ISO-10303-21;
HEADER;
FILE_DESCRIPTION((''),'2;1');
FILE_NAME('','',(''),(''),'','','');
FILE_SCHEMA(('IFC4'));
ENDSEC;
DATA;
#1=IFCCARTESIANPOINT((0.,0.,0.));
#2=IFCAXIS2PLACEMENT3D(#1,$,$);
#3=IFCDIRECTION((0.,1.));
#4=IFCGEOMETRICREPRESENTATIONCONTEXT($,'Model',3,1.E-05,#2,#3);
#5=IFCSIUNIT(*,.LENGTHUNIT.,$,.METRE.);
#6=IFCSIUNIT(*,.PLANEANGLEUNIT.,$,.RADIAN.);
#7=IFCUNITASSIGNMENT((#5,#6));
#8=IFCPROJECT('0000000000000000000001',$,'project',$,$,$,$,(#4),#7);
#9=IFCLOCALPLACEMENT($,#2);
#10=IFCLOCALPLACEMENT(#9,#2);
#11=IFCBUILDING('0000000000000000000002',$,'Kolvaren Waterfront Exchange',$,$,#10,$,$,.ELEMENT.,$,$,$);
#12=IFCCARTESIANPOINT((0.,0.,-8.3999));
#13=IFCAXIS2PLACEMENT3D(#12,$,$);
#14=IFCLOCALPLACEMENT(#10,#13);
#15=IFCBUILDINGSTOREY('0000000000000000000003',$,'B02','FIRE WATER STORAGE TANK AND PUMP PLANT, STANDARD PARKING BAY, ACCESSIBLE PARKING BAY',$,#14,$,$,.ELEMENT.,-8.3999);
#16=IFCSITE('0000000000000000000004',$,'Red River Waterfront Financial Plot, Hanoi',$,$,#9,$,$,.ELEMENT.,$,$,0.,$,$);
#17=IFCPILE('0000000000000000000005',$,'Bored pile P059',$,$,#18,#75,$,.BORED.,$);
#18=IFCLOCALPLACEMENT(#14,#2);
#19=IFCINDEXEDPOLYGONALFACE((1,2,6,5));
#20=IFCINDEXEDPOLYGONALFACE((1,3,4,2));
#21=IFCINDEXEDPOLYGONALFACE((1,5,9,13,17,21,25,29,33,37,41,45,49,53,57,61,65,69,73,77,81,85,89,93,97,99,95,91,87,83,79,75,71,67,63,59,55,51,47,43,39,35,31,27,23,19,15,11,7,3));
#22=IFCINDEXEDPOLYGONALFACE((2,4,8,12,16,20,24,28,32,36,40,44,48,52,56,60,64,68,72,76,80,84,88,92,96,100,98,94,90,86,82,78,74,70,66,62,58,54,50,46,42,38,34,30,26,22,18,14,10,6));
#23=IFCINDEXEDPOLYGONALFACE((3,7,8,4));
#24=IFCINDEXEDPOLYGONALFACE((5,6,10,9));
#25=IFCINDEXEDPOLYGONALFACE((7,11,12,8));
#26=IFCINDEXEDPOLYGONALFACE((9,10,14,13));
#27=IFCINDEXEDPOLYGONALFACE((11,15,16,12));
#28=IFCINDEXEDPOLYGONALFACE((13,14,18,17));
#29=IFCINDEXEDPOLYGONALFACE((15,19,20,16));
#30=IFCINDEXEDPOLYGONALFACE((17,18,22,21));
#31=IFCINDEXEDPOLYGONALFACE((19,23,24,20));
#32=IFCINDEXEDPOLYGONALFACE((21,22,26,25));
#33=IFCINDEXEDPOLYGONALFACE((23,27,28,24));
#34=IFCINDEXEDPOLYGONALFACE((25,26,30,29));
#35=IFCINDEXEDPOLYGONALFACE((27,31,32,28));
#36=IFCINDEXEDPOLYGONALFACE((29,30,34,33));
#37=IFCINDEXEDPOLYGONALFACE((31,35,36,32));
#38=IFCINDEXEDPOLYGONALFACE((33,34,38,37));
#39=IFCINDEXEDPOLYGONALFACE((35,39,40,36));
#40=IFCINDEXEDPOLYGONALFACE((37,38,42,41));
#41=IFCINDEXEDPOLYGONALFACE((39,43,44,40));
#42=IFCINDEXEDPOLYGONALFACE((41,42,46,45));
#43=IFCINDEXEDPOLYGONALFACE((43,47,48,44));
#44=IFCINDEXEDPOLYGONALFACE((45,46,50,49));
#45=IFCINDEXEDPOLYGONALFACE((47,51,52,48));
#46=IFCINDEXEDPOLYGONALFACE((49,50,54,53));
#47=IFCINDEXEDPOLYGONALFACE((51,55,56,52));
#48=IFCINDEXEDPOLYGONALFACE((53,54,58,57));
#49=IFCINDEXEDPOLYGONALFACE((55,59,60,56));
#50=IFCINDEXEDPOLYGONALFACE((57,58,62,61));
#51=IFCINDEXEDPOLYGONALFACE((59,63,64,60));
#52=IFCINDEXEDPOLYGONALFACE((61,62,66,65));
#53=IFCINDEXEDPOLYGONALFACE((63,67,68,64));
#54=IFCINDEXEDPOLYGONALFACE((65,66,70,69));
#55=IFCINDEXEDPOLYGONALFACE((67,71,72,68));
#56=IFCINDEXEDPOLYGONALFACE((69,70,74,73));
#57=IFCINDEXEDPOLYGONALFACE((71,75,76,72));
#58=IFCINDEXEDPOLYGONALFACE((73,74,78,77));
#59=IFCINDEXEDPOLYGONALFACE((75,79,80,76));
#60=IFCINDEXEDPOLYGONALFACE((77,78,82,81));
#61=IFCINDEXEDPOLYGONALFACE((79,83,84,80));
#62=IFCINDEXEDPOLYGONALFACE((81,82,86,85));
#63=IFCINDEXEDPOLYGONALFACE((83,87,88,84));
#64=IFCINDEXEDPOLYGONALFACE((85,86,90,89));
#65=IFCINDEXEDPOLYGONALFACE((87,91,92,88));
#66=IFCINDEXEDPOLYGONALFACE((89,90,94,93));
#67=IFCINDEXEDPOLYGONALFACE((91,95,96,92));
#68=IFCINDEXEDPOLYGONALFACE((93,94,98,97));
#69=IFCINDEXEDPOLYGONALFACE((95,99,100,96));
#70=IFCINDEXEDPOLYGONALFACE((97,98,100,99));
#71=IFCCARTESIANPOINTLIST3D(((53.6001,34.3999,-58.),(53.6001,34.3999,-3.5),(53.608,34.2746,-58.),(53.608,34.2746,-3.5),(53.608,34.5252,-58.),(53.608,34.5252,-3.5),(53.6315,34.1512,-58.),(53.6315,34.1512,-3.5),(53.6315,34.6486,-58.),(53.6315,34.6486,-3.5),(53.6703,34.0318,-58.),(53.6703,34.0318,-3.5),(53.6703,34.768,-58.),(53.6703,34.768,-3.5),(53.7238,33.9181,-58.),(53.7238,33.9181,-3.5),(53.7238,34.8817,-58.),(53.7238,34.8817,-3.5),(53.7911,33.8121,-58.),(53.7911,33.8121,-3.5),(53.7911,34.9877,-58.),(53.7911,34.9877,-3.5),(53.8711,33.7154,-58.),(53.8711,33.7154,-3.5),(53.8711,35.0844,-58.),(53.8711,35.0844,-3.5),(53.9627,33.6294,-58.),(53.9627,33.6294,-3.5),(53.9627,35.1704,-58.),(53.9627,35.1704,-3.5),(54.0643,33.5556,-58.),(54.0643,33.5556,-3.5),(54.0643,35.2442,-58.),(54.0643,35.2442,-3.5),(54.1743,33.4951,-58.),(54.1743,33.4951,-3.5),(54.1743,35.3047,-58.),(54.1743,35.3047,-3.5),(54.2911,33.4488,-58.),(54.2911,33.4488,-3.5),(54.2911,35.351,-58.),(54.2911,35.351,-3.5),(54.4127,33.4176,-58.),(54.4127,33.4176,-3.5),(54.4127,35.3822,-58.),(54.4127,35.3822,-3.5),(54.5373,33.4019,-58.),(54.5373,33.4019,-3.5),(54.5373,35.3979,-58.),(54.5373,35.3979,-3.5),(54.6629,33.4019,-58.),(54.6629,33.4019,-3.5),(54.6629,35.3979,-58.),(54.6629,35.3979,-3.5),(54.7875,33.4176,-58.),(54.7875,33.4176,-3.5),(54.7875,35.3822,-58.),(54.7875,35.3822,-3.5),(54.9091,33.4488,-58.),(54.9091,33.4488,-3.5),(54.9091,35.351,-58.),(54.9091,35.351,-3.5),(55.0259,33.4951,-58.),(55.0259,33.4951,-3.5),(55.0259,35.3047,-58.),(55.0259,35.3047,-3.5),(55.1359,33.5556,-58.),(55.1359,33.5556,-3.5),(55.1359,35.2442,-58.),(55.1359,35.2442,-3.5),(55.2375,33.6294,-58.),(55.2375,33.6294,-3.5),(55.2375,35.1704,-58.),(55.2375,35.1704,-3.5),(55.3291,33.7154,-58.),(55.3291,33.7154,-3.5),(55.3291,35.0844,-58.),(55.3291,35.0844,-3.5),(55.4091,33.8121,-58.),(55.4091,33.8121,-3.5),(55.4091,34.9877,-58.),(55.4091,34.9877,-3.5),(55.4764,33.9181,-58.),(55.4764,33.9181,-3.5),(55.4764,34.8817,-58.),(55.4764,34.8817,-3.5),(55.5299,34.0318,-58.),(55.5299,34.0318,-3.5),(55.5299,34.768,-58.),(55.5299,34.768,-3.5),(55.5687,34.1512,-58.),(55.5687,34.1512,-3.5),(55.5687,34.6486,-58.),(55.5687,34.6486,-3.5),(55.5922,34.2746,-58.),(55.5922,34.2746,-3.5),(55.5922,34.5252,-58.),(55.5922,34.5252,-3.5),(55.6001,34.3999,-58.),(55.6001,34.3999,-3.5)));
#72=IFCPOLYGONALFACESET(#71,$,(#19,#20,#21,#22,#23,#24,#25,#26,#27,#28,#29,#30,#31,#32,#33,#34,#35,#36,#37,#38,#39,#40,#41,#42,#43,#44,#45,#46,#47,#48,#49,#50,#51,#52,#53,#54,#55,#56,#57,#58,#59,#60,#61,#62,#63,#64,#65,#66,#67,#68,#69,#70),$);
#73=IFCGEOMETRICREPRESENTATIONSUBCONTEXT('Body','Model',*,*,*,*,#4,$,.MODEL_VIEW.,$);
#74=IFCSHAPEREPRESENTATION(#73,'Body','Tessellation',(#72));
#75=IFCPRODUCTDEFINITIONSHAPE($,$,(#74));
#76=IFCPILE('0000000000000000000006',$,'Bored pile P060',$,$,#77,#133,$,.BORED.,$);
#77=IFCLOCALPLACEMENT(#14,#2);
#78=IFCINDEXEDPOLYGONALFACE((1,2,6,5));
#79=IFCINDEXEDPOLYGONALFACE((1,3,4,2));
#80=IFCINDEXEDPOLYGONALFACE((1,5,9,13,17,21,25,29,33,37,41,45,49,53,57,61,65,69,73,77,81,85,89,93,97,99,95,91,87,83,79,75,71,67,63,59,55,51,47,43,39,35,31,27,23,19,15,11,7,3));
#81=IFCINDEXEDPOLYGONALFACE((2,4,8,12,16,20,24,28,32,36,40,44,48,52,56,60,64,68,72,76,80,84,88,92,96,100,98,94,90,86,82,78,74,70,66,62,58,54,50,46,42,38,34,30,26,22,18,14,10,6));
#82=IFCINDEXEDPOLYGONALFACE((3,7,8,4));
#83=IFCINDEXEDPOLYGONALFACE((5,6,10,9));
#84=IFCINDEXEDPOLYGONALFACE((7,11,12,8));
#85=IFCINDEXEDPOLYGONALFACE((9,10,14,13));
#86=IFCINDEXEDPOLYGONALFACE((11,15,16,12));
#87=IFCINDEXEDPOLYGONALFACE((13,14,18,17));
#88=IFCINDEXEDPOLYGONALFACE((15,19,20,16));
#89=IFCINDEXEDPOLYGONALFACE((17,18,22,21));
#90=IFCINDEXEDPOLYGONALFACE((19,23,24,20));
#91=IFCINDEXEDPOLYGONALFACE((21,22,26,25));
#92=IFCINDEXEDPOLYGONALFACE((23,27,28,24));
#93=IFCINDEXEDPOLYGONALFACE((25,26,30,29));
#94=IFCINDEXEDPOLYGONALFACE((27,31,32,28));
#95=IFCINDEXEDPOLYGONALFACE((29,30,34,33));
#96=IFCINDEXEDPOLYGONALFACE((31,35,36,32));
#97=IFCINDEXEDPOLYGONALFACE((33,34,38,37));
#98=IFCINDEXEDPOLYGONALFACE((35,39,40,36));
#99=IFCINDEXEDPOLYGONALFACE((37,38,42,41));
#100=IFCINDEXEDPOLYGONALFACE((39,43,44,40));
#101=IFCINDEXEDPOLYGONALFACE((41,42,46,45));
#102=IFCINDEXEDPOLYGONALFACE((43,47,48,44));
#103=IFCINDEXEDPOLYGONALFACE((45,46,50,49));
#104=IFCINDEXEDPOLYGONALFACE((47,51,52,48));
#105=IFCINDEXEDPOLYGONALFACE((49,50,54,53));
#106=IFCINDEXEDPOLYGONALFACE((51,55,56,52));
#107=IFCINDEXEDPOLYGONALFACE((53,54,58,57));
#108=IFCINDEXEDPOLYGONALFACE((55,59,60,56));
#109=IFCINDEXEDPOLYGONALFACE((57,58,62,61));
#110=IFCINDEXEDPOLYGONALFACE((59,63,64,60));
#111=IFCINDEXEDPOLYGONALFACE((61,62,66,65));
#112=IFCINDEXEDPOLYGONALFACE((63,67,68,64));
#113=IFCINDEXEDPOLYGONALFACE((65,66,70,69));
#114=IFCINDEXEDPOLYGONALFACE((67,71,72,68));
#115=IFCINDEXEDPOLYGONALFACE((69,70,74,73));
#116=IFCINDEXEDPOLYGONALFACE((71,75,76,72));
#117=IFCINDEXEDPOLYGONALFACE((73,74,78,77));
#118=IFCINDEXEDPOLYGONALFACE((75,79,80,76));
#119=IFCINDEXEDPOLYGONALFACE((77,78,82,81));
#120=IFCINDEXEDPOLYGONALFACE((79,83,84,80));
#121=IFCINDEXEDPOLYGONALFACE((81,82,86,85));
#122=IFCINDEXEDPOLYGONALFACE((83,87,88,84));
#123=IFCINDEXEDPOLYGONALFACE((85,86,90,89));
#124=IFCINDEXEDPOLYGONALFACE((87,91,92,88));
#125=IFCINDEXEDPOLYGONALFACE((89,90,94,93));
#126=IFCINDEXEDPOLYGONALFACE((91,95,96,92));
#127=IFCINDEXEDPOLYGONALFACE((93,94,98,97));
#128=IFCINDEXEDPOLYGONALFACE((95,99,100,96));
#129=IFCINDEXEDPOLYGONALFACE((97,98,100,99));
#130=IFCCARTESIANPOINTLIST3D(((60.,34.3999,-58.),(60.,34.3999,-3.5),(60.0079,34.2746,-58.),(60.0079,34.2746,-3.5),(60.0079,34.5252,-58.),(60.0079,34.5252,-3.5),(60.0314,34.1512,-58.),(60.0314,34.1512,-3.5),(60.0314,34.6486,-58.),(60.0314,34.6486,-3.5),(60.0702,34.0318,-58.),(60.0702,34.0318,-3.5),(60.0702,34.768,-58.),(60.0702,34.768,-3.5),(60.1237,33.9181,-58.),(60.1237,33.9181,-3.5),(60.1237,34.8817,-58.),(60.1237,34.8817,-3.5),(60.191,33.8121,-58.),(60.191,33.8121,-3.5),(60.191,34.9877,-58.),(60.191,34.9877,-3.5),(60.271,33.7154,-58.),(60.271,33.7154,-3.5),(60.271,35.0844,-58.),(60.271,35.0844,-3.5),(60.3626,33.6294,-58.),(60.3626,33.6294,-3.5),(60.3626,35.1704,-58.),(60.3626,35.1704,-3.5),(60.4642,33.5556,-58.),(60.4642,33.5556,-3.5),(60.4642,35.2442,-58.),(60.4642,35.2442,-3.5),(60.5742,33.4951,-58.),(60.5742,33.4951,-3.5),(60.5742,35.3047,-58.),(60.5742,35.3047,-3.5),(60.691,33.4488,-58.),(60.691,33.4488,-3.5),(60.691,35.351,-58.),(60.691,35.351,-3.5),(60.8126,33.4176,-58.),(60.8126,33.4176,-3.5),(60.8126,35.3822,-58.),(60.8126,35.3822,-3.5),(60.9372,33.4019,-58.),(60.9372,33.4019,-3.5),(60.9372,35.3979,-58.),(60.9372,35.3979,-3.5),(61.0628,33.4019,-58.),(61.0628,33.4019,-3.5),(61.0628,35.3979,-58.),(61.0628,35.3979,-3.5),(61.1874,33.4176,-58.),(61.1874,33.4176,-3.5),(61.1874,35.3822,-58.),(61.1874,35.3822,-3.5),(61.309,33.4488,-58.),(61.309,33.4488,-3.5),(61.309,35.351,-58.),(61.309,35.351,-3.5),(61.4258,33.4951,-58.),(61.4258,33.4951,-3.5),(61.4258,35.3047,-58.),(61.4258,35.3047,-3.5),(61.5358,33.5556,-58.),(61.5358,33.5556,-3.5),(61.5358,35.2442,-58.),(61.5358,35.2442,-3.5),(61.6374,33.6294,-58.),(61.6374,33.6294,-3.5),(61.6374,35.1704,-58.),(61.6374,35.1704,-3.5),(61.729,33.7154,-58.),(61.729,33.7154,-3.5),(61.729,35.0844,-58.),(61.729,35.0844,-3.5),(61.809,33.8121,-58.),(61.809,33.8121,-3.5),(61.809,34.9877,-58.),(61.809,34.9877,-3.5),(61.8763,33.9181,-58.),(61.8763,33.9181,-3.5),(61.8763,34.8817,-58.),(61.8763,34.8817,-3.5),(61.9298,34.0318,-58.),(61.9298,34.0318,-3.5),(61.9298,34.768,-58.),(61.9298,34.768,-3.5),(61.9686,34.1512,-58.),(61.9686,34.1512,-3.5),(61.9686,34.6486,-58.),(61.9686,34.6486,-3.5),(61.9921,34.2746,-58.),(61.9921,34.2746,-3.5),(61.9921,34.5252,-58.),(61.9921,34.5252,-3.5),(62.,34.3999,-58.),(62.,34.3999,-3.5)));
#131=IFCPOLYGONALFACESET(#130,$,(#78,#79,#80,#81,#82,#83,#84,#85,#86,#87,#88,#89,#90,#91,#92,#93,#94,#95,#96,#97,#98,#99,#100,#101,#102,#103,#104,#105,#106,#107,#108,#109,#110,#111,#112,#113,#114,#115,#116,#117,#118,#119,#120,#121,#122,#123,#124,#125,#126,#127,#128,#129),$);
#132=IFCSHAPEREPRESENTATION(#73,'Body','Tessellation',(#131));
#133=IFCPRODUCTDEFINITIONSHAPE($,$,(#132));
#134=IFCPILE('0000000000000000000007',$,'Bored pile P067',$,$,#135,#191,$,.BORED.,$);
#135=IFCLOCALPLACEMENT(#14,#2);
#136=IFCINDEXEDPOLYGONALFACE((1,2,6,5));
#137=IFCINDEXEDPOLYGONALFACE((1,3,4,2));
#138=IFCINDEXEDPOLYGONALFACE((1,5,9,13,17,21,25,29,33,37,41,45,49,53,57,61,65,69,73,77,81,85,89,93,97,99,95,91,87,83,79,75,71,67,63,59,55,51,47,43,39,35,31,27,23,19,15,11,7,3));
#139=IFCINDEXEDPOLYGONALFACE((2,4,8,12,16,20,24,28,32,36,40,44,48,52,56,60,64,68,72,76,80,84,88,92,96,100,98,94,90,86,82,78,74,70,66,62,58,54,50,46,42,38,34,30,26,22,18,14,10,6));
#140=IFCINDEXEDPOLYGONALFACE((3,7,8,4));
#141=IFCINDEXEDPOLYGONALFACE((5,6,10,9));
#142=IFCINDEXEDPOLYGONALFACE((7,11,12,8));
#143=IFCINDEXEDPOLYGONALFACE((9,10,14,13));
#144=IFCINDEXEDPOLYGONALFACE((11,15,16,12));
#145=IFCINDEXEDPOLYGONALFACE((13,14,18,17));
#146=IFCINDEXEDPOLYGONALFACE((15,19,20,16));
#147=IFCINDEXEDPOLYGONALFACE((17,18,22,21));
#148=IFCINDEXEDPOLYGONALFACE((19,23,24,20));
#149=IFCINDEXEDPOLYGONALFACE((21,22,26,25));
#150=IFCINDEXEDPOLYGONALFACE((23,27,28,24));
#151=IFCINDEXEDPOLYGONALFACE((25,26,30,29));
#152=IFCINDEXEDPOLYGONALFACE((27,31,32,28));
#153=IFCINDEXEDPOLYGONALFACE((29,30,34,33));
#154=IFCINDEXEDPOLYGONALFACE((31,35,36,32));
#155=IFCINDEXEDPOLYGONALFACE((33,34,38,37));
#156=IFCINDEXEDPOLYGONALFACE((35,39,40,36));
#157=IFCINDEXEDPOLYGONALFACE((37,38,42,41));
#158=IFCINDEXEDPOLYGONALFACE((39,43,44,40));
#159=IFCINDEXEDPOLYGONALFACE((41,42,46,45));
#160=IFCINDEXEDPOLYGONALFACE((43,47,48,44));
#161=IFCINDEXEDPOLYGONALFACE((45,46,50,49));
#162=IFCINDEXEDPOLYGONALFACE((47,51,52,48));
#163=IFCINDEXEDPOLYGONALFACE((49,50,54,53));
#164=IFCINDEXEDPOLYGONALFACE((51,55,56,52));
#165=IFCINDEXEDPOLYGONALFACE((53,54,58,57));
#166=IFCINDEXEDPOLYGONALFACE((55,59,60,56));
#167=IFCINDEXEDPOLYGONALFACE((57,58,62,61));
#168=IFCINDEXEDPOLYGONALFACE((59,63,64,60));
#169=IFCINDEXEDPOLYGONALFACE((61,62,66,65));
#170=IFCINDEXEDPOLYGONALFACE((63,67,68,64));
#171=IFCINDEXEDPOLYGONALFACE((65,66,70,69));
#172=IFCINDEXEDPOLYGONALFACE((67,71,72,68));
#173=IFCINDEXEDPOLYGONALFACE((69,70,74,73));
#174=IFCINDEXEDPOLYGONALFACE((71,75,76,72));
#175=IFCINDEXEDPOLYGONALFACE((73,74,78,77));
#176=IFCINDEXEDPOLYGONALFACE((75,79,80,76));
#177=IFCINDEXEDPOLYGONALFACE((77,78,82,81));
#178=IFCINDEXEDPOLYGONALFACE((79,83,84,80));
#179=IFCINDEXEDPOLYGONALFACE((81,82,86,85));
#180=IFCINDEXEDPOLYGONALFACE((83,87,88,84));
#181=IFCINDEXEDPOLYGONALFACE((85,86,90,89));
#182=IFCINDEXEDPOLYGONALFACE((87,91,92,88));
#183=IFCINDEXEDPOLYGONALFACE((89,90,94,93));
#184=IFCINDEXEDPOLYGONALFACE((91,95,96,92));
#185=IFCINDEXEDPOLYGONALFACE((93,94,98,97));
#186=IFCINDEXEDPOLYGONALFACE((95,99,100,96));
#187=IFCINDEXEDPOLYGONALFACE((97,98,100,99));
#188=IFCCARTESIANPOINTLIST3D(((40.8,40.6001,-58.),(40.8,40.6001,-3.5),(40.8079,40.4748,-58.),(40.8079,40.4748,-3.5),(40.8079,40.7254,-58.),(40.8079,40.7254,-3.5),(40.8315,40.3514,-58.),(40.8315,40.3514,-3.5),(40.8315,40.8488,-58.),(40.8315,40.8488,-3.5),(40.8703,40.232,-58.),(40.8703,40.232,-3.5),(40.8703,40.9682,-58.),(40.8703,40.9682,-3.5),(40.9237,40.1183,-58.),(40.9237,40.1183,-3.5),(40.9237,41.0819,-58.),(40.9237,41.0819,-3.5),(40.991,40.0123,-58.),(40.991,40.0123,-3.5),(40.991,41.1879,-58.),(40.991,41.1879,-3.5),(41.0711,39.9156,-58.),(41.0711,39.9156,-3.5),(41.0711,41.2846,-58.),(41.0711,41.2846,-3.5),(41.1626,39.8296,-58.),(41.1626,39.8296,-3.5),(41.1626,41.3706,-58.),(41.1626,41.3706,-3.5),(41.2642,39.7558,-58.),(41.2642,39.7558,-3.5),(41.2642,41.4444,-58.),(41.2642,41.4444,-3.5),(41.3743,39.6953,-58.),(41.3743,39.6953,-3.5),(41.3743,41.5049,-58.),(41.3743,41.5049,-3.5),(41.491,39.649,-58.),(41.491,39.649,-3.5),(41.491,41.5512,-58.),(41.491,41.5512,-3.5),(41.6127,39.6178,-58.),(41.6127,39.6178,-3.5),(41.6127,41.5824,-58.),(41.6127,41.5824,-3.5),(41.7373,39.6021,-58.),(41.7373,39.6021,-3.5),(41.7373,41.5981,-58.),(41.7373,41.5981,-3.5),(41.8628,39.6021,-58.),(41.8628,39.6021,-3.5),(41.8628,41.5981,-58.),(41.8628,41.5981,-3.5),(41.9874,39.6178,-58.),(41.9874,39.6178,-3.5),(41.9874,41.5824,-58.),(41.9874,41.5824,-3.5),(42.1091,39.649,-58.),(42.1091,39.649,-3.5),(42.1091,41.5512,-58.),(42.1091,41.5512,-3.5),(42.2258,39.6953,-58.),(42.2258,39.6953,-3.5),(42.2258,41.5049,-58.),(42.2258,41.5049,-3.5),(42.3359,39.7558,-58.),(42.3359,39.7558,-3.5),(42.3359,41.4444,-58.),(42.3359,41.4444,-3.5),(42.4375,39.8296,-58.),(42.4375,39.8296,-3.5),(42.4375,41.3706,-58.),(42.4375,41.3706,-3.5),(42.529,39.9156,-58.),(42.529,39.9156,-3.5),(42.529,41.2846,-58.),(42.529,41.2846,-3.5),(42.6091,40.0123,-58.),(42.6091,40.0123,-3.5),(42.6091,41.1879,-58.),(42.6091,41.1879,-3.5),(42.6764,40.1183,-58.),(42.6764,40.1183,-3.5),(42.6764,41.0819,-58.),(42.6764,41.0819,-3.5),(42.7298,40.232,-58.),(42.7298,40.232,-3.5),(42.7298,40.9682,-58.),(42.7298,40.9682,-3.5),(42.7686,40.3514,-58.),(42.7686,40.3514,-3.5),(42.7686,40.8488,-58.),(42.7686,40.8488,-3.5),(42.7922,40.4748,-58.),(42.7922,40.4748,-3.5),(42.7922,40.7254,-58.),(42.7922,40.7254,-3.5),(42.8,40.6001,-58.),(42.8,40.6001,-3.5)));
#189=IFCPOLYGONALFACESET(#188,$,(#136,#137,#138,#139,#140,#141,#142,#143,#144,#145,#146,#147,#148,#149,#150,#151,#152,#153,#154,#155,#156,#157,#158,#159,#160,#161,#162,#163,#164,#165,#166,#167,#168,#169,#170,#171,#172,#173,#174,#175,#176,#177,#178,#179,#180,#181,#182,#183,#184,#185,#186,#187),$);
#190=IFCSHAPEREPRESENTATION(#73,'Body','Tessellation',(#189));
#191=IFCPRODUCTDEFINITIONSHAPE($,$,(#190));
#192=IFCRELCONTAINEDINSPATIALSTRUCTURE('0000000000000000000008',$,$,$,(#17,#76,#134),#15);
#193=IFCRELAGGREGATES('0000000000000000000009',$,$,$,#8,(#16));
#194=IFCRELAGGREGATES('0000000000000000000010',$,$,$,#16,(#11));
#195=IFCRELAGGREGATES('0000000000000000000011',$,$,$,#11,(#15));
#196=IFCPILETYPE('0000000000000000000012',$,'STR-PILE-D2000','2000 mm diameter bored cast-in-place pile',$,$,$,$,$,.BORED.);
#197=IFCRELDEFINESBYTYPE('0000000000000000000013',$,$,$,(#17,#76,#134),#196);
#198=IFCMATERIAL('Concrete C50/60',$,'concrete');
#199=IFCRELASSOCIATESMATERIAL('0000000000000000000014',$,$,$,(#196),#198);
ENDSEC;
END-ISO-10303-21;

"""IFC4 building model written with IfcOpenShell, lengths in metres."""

from ifc_helpers import new_model, si_unit, direction, frame, origin, origin_2d, place, context, subcontext, project, spatial, circle, extrude, material, material_profile, profile_set, type_object, element, save


model = new_model("IFC4")

# Units and contexts
model_context = context("Model", 3, precision=1e-05, world=origin(), true_north=direction((0.0, 1.0)))
body_context = subcontext(model_context, "Body", "Model", "MODEL_VIEW")
ifc_project = project(units=[si_unit("LENGTHUNIT", "METRE"), si_unit("PLANEANGLEUNIT", "RADIAN")], contexts=[model_context])

# Site, building, storey
site_placement = place(None, origin())
site = spatial("IfcSite", under=ifc_project, at=site_placement, Name="Red River Waterfront Financial Plot, Hanoi", CompositionType="ELEMENT", RefElevation=0.0)
building_placement = place(site_placement, origin())
building = spatial("IfcBuilding", under=site, at=building_placement, Name="Kolvaren Waterfront Exchange", CompositionType="ELEMENT")
storey_placement = place(building_placement, frame((0.0, 0.0, -8.3999)))
storey = spatial("IfcBuildingStorey", under=building, at=storey_placement, Name="B02", Description="FIRE WATER STORAGE TANK AND PUMP PLANT, STANDARD PARKING BAY, ACCESSIBLE PARKING BAY", CompositionType="ELEMENT", Elevation=-8.3999)

# Piles
ifc_material_1 = material(Name="Concrete C50/60", Category="concrete")
ifc_material_profile_1 = material_profile(ifc_material_1, circle(Radius=1.0, at=origin_2d()), Name="RC-PILE-D2000")
ifc_profile_set_1 = profile_set([ifc_material_profile_1], Name="Concrete C50/60")
pile_type_1 = type_object("IfcPileType", Name="STR-PILE-D2000", Description="2000 mm diameter bored cast-in-place pile", PredefinedType="BORED", material=ifc_profile_set_1)
for number, where, z_axis, x_axis, name in (
    (1, (54.6001, 34.3999, -3.5), (0.0, 0.0, -1.0), (1.0, 0.0, 0.0), "Bored pile P059"),
    (2, (61.0, 34.3999, -3.5), (0.0, 0.0, -1.0), (1.0, 0.0, 0.0), "Bored pile P060"),
    (3, (41.8, 40.6001, -3.5), (0.0, 0.0, -1.0), (1.0, 0.0, 0.0), "Bored pile P067"),
):
    element("IfcPile", number, at=place(storey_placement, frame(where, z_axis=z_axis, x_axis=x_axis)), inside=storey, type_object=pile_type_1, Name=name, PredefinedType="BORED", context=body_context, shape_type="SweptSolid", body=[
        extrude(circle(Radius=1.0, at=origin_2d()), origin(), (0.0, 0.0, 1.0), 54.5),
    ])

save(model, "model.ifc")
